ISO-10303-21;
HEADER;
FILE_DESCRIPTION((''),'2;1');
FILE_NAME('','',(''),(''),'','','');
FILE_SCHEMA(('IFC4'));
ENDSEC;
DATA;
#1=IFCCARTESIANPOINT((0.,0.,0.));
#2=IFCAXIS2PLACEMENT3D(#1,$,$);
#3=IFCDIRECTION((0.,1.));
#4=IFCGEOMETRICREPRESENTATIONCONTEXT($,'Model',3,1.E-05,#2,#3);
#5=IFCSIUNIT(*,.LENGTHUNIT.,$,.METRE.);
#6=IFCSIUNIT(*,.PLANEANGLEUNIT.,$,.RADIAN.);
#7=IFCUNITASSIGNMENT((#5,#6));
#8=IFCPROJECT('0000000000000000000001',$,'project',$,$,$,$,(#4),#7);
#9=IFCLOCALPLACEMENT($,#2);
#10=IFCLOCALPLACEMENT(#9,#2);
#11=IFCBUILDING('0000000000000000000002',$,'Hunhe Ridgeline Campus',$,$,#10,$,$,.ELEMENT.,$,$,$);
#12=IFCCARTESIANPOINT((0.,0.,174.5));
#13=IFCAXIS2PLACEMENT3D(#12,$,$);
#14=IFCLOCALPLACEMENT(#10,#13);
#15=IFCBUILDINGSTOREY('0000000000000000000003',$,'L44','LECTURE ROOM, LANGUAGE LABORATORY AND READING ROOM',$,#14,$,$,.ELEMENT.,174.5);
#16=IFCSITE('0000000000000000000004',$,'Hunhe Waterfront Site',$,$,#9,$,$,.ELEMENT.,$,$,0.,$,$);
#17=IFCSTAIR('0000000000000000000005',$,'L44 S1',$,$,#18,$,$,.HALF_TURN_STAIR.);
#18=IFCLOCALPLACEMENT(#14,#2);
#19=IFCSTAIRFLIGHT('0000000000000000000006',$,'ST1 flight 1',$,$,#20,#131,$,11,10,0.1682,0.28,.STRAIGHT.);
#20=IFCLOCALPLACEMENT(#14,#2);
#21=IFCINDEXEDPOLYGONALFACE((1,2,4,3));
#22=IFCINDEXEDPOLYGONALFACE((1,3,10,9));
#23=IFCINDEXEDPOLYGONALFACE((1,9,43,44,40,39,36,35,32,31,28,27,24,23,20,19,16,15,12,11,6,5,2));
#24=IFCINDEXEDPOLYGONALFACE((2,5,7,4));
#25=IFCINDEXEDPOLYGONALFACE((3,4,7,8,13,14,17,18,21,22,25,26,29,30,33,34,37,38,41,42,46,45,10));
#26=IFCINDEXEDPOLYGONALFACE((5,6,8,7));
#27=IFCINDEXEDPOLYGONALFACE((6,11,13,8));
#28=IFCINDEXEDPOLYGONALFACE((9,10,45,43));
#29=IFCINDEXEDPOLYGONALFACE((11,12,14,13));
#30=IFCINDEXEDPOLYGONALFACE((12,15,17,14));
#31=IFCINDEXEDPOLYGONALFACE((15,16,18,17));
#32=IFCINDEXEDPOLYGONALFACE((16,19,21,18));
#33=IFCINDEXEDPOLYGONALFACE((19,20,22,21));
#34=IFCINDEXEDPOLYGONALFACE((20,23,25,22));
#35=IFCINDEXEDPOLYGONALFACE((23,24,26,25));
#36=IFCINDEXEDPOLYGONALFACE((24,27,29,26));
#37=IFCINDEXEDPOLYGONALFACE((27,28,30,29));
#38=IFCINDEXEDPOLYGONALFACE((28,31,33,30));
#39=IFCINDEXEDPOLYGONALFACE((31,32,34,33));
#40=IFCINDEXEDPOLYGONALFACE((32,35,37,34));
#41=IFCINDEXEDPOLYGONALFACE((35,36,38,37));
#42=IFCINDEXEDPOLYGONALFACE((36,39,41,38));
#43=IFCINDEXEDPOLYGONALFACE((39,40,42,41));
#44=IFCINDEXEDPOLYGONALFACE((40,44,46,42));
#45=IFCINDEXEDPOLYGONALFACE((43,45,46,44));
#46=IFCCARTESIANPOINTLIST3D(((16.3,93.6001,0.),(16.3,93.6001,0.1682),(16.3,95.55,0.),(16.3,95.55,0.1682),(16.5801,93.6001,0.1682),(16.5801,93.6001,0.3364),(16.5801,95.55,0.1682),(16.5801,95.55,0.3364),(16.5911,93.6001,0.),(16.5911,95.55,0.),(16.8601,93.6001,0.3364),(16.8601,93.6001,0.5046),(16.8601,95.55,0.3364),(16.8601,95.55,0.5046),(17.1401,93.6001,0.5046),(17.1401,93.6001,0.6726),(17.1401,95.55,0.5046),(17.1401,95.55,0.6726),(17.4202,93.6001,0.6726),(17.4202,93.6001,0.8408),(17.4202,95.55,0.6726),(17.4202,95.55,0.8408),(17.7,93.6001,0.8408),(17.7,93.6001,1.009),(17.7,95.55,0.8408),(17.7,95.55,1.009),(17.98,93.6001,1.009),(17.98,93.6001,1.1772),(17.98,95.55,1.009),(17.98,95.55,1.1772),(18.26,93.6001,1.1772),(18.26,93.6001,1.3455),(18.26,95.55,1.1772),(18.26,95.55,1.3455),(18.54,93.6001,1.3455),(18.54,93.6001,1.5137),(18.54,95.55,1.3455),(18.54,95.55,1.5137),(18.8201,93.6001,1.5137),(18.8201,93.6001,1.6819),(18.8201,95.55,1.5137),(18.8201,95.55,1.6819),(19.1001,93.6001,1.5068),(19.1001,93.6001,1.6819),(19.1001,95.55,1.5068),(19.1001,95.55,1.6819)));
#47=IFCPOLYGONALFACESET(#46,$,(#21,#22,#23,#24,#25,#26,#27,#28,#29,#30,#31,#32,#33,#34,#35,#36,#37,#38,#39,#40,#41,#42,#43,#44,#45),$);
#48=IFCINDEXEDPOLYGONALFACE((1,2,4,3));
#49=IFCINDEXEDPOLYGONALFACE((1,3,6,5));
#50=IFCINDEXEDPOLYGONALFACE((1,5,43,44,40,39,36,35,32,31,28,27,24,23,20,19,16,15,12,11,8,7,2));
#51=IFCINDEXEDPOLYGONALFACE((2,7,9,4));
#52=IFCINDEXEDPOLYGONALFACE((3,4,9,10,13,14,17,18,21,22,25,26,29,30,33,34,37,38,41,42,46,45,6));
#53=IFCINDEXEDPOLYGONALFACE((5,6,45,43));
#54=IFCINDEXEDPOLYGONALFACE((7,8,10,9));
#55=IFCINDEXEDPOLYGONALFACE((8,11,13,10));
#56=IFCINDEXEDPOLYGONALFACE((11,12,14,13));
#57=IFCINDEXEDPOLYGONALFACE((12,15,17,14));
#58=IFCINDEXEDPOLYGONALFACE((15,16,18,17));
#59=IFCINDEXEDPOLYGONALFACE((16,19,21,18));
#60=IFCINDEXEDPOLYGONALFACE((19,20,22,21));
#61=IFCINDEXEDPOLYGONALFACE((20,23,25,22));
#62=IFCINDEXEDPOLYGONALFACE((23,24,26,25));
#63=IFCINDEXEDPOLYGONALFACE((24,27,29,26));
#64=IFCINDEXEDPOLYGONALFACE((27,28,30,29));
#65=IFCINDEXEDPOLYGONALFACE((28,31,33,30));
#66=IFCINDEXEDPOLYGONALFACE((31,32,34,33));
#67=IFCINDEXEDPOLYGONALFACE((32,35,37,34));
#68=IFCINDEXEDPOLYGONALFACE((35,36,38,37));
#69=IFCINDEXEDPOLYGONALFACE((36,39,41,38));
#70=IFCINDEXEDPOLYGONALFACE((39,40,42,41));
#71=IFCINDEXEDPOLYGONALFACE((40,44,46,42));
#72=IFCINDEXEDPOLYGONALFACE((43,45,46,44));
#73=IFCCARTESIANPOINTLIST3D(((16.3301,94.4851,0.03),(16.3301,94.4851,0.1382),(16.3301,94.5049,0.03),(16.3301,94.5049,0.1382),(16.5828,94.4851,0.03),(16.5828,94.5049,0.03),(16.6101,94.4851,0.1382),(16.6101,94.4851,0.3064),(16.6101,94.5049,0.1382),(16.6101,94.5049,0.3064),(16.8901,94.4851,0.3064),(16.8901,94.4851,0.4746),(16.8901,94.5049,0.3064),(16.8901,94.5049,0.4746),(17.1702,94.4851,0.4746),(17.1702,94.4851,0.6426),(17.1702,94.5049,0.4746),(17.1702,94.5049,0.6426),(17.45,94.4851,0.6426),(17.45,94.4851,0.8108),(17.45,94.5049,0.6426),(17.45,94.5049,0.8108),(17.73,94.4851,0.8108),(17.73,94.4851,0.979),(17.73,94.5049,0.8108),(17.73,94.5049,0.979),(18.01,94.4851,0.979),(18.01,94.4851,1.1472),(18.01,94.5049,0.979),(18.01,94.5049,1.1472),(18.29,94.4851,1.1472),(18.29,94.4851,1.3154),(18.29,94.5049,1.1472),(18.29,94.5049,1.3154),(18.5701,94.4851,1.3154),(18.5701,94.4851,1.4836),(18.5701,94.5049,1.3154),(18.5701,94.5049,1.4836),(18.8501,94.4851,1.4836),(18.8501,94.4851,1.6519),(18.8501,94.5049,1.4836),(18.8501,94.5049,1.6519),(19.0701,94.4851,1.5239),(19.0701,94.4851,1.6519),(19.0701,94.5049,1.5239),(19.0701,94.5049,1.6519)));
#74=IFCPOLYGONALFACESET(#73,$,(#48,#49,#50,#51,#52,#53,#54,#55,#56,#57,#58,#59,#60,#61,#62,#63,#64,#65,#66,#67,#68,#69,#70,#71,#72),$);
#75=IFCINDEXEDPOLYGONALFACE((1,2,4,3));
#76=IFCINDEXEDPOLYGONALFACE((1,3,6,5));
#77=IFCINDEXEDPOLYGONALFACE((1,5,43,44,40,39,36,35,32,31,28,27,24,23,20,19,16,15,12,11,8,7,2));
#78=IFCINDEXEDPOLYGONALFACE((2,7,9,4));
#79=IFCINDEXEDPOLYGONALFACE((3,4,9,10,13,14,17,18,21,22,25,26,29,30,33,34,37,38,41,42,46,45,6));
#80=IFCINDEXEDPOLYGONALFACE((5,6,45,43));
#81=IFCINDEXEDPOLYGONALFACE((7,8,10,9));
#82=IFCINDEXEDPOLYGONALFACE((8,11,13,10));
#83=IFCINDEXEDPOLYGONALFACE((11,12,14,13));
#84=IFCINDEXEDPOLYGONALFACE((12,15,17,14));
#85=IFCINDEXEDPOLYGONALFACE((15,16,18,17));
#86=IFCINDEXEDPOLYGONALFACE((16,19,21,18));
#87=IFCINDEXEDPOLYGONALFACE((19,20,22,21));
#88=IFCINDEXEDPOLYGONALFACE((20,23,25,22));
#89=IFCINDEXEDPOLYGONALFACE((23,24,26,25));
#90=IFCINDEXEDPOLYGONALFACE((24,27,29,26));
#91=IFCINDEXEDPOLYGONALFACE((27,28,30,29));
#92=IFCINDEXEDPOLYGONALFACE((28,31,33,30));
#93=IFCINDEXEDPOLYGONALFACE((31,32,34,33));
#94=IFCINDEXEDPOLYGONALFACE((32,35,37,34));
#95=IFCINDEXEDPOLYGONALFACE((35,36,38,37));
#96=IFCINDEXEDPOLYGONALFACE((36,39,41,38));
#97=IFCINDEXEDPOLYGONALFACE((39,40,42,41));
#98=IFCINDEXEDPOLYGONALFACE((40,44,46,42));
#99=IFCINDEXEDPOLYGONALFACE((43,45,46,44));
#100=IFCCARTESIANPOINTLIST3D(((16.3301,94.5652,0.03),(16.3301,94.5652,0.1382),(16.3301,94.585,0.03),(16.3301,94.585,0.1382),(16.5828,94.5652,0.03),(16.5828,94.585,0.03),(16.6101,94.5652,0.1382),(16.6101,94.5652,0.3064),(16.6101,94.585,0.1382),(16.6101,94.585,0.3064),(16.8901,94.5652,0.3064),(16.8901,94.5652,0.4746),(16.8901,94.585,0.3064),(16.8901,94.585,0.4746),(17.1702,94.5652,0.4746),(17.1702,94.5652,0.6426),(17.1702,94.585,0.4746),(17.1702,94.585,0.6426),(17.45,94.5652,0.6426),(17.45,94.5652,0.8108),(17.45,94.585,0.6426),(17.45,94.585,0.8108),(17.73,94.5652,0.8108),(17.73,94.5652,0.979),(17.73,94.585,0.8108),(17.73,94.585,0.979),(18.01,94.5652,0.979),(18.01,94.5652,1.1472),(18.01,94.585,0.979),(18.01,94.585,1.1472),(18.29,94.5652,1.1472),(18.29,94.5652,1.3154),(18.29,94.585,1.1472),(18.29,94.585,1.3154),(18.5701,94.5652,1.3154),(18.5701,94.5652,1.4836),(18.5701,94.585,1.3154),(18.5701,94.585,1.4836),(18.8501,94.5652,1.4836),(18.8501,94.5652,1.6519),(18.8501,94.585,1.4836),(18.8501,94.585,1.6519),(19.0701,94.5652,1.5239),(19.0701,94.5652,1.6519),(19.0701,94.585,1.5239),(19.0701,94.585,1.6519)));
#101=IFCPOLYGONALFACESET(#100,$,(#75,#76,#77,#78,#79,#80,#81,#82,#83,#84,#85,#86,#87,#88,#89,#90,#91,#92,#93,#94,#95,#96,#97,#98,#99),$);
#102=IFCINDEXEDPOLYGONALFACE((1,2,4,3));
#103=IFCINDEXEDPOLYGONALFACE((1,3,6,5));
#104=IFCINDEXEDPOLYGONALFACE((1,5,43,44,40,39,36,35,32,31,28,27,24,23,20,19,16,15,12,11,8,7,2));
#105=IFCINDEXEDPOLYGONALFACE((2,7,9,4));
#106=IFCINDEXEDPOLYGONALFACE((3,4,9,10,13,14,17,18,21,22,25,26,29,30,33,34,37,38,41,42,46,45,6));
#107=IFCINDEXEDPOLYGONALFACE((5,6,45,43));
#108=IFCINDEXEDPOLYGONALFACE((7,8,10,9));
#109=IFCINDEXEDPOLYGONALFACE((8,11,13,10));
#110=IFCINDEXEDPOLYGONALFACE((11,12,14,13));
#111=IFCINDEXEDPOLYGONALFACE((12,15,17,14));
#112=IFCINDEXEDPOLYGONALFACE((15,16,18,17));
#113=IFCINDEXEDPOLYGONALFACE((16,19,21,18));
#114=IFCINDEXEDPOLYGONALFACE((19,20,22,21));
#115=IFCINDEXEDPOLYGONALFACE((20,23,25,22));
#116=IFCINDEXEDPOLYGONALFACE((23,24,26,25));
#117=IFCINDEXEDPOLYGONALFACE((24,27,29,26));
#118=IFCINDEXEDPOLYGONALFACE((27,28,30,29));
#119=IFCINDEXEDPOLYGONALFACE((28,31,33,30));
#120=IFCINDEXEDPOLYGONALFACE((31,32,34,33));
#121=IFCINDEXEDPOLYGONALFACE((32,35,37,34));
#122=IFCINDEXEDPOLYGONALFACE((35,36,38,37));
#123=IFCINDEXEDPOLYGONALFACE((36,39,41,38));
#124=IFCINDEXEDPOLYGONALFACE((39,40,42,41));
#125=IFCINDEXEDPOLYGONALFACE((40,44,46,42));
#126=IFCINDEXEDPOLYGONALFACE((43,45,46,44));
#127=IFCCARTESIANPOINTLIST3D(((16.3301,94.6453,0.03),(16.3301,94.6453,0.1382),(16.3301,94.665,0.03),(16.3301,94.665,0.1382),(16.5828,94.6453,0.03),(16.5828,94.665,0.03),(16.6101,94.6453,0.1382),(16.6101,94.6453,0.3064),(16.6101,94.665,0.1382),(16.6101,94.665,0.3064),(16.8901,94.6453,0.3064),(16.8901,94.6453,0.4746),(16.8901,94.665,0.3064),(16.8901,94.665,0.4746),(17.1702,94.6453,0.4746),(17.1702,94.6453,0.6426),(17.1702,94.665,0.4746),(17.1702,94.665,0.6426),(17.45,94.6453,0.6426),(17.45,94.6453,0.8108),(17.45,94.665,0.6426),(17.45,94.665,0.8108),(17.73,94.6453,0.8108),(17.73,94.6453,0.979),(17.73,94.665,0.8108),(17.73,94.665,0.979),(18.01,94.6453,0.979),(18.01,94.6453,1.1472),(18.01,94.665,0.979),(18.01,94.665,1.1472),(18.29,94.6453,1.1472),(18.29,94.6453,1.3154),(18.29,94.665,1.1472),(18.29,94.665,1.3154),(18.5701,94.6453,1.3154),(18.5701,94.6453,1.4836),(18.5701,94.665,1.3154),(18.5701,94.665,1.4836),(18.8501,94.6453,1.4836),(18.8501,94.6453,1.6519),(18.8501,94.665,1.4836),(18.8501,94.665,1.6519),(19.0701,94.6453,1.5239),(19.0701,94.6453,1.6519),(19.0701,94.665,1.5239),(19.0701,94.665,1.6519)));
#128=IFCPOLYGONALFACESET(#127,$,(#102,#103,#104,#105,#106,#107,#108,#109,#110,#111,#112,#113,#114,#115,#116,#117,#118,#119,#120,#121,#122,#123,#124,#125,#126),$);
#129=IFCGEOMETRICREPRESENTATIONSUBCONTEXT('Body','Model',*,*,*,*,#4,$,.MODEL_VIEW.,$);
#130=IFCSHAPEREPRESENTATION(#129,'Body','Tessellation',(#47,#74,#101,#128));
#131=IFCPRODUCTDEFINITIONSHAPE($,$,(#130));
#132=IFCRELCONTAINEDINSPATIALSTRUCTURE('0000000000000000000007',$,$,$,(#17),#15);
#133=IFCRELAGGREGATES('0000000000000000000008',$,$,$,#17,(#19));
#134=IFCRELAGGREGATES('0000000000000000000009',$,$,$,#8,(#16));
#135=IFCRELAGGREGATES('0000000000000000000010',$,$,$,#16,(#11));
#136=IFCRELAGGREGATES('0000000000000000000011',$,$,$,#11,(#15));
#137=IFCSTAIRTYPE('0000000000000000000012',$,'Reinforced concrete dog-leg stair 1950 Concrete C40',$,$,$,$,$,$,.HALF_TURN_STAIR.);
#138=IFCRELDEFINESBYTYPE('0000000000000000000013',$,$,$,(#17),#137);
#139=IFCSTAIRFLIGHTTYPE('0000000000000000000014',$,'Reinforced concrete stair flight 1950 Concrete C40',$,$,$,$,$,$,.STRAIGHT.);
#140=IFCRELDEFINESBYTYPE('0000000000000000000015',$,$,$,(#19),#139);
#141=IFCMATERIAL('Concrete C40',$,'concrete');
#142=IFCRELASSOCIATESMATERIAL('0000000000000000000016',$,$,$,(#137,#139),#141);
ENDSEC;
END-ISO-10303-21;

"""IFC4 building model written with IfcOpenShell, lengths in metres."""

from ifc_helpers import new_model, si_unit, direction, frame, origin, place, context, subcontext, project, spatial, polyline, outline, extrude, material, type_object, element, aggregate, save


model = new_model("IFC4")

# Units and contexts
model_context = context("Model", 3, precision=1e-05, world=origin(), true_north=direction((0.0, 1.0)))
body_context = subcontext(model_context, "Body", "Model", "MODEL_VIEW")
ifc_project = project(units=[si_unit("LENGTHUNIT", "METRE"), si_unit("PLANEANGLEUNIT", "RADIAN")], contexts=[model_context])

# Site, building, storey
site_placement = place(None, origin())
site = spatial("IfcSite", under=ifc_project, at=site_placement, Name="Hunhe Waterfront Site", CompositionType="ELEMENT", RefElevation=0.0)
building_placement = place(site_placement, origin())
building = spatial("IfcBuilding", under=site, at=building_placement, Name="Hunhe Ridgeline Campus", CompositionType="ELEMENT")
storey_placement = place(building_placement, frame((0.0, 0.0, 174.5)))
storey = spatial("IfcBuildingStorey", under=building, at=storey_placement, Name="L44", Description="LECTURE ROOM, LANGUAGE LABORATORY AND READING ROOM", CompositionType="ELEMENT", Elevation=174.5)

# Stair, stair flight
ifc_material_1 = material(Name="Concrete C40", Category="concrete")
stair_type = type_object("IfcStairType", Name="Reinforced concrete dog-leg stair 1950 Concrete C40", PredefinedType="HALF_TURN_STAIR", material=ifc_material_1)
stair_1_placement = place(storey_placement, origin())
stair_1 = element("IfcStair", 1, at=stair_1_placement, inside=storey, type_object=stair_type, Name="L44 S1", PredefinedType="HALF_TURN_STAIR")
stair_flight_type = type_object("IfcStairFlightType", Name="Reinforced concrete stair flight 1950 Concrete C40", PredefinedType="STRAIGHT", material=ifc_material_1)
stair_flight_1_placement = place(storey_placement, frame((16.3, 94.575, 0.0), z_axis=(0.0, 0.0, 1.0), x_axis=(1.0, 0.0, 0.0)))
stair_flight_1 = element("IfcStairFlight", 2, at=stair_flight_1_placement, type_object=stair_flight_type, Name="ST1 flight 1", NumberOfRisers=11, NumberOfTreads=10, PredefinedType="STRAIGHT", RiserHeight=0.1682, TreadLength=0.28, context=body_context, shape_type="SweptSolid", body=[
    extrude(outline(polyline([(0.0, 0.0), (0.0, 0.1682), (0.28, 0.1682), (0.28, 0.3364), (0.5601, 0.3364), (0.5601, 0.5046), (0.8401, 0.5046), (0.8401, 0.6726), (1.1201, 0.6726), (1.1201, 0.8408), (1.3999, 0.8408), (1.3999, 1.009), (1.6799, 1.009), (1.6799, 1.1772), (1.96, 1.1772), (1.96, 1.3455), (2.24, 1.3455), (2.24, 1.5137), (2.52, 1.5137), (2.52, 1.6819), (2.8, 1.6819), (2.8, 1.8501), (2.8, 1.5068), (0.291, 0.0), (0.0, 0.0)])), frame((0.0, 0.9751, 0.0), z_axis=(0.0, -1.0, 0.0), x_axis=(1.0, 0.0, 0.0)), (0.0, 0.0, 1.0), 1.95),
    extrude(outline(polyline([(0.03, 0.03), (0.03, 0.1382), (0.3101, 0.1382), (0.3101, 0.3064), (0.5901, 0.3064), (0.5901, 0.4746), (0.8701, 0.4746), (0.8701, 0.6426), (1.1499, 0.6426), (1.1499, 0.8108), (1.4299, 0.8108), (1.4299, 0.979), (1.71, 0.979), (1.71, 1.1472), (1.99, 1.1472), (1.99, 1.3154), (2.27, 1.3154), (2.27, 1.4836), (2.55, 1.4836), (2.55, 1.6519), (2.77, 1.6519), (2.77, 1.5239), (0.2827, 0.03), (0.03, 0.03)])), frame((0.0, -0.0701, 0.0), z_axis=(0.0, -1.0, 0.0), x_axis=(1.0, 0.0, 0.0)), (0.0, 0.0, 1.0), 0.0198),
    extrude(outline(polyline([(0.03, 0.03), (0.03, 0.1382), (0.3101, 0.1382), (0.3101, 0.3064), (0.5901, 0.3064), (0.5901, 0.4746), (0.8701, 0.4746), (0.8701, 0.6426), (1.1499, 0.6426), (1.1499, 0.8108), (1.4299, 0.8108), (1.4299, 0.979), (1.71, 0.979), (1.71, 1.1472), (1.99, 1.1472), (1.99, 1.3154), (2.27, 1.3154), (2.27, 1.4836), (2.55, 1.4836), (2.55, 1.6519), (2.77, 1.6519), (2.77, 1.5239), (0.2827, 0.03), (0.03, 0.03)])), frame((0.0, 0.01, 0.0), z_axis=(0.0, -1.0, 0.0), x_axis=(1.0, 0.0, 0.0)), (0.0, 0.0, 1.0), 0.0198),
    extrude(outline(polyline([(0.03, 0.03), (0.03, 0.1382), (0.3101, 0.1382), (0.3101, 0.3064), (0.5901, 0.3064), (0.5901, 0.4746), (0.8701, 0.4746), (0.8701, 0.6426), (1.1499, 0.6426), (1.1499, 0.8108), (1.4299, 0.8108), (1.4299, 0.979), (1.71, 0.979), (1.71, 1.1472), (1.99, 1.1472), (1.99, 1.3154), (2.27, 1.3154), (2.27, 1.4836), (2.55, 1.4836), (2.55, 1.6519), (2.77, 1.6519), (2.77, 1.5239), (0.2827, 0.03), (0.03, 0.03)])), frame((0.0, 0.0901, 0.0), z_axis=(0.0, -1.0, 0.0), x_axis=(1.0, 0.0, 0.0)), (0.0, 0.0, 1.0), 0.0198),
])
aggregate(stair_1, [stair_flight_1])

save(model, "model.ifc")
